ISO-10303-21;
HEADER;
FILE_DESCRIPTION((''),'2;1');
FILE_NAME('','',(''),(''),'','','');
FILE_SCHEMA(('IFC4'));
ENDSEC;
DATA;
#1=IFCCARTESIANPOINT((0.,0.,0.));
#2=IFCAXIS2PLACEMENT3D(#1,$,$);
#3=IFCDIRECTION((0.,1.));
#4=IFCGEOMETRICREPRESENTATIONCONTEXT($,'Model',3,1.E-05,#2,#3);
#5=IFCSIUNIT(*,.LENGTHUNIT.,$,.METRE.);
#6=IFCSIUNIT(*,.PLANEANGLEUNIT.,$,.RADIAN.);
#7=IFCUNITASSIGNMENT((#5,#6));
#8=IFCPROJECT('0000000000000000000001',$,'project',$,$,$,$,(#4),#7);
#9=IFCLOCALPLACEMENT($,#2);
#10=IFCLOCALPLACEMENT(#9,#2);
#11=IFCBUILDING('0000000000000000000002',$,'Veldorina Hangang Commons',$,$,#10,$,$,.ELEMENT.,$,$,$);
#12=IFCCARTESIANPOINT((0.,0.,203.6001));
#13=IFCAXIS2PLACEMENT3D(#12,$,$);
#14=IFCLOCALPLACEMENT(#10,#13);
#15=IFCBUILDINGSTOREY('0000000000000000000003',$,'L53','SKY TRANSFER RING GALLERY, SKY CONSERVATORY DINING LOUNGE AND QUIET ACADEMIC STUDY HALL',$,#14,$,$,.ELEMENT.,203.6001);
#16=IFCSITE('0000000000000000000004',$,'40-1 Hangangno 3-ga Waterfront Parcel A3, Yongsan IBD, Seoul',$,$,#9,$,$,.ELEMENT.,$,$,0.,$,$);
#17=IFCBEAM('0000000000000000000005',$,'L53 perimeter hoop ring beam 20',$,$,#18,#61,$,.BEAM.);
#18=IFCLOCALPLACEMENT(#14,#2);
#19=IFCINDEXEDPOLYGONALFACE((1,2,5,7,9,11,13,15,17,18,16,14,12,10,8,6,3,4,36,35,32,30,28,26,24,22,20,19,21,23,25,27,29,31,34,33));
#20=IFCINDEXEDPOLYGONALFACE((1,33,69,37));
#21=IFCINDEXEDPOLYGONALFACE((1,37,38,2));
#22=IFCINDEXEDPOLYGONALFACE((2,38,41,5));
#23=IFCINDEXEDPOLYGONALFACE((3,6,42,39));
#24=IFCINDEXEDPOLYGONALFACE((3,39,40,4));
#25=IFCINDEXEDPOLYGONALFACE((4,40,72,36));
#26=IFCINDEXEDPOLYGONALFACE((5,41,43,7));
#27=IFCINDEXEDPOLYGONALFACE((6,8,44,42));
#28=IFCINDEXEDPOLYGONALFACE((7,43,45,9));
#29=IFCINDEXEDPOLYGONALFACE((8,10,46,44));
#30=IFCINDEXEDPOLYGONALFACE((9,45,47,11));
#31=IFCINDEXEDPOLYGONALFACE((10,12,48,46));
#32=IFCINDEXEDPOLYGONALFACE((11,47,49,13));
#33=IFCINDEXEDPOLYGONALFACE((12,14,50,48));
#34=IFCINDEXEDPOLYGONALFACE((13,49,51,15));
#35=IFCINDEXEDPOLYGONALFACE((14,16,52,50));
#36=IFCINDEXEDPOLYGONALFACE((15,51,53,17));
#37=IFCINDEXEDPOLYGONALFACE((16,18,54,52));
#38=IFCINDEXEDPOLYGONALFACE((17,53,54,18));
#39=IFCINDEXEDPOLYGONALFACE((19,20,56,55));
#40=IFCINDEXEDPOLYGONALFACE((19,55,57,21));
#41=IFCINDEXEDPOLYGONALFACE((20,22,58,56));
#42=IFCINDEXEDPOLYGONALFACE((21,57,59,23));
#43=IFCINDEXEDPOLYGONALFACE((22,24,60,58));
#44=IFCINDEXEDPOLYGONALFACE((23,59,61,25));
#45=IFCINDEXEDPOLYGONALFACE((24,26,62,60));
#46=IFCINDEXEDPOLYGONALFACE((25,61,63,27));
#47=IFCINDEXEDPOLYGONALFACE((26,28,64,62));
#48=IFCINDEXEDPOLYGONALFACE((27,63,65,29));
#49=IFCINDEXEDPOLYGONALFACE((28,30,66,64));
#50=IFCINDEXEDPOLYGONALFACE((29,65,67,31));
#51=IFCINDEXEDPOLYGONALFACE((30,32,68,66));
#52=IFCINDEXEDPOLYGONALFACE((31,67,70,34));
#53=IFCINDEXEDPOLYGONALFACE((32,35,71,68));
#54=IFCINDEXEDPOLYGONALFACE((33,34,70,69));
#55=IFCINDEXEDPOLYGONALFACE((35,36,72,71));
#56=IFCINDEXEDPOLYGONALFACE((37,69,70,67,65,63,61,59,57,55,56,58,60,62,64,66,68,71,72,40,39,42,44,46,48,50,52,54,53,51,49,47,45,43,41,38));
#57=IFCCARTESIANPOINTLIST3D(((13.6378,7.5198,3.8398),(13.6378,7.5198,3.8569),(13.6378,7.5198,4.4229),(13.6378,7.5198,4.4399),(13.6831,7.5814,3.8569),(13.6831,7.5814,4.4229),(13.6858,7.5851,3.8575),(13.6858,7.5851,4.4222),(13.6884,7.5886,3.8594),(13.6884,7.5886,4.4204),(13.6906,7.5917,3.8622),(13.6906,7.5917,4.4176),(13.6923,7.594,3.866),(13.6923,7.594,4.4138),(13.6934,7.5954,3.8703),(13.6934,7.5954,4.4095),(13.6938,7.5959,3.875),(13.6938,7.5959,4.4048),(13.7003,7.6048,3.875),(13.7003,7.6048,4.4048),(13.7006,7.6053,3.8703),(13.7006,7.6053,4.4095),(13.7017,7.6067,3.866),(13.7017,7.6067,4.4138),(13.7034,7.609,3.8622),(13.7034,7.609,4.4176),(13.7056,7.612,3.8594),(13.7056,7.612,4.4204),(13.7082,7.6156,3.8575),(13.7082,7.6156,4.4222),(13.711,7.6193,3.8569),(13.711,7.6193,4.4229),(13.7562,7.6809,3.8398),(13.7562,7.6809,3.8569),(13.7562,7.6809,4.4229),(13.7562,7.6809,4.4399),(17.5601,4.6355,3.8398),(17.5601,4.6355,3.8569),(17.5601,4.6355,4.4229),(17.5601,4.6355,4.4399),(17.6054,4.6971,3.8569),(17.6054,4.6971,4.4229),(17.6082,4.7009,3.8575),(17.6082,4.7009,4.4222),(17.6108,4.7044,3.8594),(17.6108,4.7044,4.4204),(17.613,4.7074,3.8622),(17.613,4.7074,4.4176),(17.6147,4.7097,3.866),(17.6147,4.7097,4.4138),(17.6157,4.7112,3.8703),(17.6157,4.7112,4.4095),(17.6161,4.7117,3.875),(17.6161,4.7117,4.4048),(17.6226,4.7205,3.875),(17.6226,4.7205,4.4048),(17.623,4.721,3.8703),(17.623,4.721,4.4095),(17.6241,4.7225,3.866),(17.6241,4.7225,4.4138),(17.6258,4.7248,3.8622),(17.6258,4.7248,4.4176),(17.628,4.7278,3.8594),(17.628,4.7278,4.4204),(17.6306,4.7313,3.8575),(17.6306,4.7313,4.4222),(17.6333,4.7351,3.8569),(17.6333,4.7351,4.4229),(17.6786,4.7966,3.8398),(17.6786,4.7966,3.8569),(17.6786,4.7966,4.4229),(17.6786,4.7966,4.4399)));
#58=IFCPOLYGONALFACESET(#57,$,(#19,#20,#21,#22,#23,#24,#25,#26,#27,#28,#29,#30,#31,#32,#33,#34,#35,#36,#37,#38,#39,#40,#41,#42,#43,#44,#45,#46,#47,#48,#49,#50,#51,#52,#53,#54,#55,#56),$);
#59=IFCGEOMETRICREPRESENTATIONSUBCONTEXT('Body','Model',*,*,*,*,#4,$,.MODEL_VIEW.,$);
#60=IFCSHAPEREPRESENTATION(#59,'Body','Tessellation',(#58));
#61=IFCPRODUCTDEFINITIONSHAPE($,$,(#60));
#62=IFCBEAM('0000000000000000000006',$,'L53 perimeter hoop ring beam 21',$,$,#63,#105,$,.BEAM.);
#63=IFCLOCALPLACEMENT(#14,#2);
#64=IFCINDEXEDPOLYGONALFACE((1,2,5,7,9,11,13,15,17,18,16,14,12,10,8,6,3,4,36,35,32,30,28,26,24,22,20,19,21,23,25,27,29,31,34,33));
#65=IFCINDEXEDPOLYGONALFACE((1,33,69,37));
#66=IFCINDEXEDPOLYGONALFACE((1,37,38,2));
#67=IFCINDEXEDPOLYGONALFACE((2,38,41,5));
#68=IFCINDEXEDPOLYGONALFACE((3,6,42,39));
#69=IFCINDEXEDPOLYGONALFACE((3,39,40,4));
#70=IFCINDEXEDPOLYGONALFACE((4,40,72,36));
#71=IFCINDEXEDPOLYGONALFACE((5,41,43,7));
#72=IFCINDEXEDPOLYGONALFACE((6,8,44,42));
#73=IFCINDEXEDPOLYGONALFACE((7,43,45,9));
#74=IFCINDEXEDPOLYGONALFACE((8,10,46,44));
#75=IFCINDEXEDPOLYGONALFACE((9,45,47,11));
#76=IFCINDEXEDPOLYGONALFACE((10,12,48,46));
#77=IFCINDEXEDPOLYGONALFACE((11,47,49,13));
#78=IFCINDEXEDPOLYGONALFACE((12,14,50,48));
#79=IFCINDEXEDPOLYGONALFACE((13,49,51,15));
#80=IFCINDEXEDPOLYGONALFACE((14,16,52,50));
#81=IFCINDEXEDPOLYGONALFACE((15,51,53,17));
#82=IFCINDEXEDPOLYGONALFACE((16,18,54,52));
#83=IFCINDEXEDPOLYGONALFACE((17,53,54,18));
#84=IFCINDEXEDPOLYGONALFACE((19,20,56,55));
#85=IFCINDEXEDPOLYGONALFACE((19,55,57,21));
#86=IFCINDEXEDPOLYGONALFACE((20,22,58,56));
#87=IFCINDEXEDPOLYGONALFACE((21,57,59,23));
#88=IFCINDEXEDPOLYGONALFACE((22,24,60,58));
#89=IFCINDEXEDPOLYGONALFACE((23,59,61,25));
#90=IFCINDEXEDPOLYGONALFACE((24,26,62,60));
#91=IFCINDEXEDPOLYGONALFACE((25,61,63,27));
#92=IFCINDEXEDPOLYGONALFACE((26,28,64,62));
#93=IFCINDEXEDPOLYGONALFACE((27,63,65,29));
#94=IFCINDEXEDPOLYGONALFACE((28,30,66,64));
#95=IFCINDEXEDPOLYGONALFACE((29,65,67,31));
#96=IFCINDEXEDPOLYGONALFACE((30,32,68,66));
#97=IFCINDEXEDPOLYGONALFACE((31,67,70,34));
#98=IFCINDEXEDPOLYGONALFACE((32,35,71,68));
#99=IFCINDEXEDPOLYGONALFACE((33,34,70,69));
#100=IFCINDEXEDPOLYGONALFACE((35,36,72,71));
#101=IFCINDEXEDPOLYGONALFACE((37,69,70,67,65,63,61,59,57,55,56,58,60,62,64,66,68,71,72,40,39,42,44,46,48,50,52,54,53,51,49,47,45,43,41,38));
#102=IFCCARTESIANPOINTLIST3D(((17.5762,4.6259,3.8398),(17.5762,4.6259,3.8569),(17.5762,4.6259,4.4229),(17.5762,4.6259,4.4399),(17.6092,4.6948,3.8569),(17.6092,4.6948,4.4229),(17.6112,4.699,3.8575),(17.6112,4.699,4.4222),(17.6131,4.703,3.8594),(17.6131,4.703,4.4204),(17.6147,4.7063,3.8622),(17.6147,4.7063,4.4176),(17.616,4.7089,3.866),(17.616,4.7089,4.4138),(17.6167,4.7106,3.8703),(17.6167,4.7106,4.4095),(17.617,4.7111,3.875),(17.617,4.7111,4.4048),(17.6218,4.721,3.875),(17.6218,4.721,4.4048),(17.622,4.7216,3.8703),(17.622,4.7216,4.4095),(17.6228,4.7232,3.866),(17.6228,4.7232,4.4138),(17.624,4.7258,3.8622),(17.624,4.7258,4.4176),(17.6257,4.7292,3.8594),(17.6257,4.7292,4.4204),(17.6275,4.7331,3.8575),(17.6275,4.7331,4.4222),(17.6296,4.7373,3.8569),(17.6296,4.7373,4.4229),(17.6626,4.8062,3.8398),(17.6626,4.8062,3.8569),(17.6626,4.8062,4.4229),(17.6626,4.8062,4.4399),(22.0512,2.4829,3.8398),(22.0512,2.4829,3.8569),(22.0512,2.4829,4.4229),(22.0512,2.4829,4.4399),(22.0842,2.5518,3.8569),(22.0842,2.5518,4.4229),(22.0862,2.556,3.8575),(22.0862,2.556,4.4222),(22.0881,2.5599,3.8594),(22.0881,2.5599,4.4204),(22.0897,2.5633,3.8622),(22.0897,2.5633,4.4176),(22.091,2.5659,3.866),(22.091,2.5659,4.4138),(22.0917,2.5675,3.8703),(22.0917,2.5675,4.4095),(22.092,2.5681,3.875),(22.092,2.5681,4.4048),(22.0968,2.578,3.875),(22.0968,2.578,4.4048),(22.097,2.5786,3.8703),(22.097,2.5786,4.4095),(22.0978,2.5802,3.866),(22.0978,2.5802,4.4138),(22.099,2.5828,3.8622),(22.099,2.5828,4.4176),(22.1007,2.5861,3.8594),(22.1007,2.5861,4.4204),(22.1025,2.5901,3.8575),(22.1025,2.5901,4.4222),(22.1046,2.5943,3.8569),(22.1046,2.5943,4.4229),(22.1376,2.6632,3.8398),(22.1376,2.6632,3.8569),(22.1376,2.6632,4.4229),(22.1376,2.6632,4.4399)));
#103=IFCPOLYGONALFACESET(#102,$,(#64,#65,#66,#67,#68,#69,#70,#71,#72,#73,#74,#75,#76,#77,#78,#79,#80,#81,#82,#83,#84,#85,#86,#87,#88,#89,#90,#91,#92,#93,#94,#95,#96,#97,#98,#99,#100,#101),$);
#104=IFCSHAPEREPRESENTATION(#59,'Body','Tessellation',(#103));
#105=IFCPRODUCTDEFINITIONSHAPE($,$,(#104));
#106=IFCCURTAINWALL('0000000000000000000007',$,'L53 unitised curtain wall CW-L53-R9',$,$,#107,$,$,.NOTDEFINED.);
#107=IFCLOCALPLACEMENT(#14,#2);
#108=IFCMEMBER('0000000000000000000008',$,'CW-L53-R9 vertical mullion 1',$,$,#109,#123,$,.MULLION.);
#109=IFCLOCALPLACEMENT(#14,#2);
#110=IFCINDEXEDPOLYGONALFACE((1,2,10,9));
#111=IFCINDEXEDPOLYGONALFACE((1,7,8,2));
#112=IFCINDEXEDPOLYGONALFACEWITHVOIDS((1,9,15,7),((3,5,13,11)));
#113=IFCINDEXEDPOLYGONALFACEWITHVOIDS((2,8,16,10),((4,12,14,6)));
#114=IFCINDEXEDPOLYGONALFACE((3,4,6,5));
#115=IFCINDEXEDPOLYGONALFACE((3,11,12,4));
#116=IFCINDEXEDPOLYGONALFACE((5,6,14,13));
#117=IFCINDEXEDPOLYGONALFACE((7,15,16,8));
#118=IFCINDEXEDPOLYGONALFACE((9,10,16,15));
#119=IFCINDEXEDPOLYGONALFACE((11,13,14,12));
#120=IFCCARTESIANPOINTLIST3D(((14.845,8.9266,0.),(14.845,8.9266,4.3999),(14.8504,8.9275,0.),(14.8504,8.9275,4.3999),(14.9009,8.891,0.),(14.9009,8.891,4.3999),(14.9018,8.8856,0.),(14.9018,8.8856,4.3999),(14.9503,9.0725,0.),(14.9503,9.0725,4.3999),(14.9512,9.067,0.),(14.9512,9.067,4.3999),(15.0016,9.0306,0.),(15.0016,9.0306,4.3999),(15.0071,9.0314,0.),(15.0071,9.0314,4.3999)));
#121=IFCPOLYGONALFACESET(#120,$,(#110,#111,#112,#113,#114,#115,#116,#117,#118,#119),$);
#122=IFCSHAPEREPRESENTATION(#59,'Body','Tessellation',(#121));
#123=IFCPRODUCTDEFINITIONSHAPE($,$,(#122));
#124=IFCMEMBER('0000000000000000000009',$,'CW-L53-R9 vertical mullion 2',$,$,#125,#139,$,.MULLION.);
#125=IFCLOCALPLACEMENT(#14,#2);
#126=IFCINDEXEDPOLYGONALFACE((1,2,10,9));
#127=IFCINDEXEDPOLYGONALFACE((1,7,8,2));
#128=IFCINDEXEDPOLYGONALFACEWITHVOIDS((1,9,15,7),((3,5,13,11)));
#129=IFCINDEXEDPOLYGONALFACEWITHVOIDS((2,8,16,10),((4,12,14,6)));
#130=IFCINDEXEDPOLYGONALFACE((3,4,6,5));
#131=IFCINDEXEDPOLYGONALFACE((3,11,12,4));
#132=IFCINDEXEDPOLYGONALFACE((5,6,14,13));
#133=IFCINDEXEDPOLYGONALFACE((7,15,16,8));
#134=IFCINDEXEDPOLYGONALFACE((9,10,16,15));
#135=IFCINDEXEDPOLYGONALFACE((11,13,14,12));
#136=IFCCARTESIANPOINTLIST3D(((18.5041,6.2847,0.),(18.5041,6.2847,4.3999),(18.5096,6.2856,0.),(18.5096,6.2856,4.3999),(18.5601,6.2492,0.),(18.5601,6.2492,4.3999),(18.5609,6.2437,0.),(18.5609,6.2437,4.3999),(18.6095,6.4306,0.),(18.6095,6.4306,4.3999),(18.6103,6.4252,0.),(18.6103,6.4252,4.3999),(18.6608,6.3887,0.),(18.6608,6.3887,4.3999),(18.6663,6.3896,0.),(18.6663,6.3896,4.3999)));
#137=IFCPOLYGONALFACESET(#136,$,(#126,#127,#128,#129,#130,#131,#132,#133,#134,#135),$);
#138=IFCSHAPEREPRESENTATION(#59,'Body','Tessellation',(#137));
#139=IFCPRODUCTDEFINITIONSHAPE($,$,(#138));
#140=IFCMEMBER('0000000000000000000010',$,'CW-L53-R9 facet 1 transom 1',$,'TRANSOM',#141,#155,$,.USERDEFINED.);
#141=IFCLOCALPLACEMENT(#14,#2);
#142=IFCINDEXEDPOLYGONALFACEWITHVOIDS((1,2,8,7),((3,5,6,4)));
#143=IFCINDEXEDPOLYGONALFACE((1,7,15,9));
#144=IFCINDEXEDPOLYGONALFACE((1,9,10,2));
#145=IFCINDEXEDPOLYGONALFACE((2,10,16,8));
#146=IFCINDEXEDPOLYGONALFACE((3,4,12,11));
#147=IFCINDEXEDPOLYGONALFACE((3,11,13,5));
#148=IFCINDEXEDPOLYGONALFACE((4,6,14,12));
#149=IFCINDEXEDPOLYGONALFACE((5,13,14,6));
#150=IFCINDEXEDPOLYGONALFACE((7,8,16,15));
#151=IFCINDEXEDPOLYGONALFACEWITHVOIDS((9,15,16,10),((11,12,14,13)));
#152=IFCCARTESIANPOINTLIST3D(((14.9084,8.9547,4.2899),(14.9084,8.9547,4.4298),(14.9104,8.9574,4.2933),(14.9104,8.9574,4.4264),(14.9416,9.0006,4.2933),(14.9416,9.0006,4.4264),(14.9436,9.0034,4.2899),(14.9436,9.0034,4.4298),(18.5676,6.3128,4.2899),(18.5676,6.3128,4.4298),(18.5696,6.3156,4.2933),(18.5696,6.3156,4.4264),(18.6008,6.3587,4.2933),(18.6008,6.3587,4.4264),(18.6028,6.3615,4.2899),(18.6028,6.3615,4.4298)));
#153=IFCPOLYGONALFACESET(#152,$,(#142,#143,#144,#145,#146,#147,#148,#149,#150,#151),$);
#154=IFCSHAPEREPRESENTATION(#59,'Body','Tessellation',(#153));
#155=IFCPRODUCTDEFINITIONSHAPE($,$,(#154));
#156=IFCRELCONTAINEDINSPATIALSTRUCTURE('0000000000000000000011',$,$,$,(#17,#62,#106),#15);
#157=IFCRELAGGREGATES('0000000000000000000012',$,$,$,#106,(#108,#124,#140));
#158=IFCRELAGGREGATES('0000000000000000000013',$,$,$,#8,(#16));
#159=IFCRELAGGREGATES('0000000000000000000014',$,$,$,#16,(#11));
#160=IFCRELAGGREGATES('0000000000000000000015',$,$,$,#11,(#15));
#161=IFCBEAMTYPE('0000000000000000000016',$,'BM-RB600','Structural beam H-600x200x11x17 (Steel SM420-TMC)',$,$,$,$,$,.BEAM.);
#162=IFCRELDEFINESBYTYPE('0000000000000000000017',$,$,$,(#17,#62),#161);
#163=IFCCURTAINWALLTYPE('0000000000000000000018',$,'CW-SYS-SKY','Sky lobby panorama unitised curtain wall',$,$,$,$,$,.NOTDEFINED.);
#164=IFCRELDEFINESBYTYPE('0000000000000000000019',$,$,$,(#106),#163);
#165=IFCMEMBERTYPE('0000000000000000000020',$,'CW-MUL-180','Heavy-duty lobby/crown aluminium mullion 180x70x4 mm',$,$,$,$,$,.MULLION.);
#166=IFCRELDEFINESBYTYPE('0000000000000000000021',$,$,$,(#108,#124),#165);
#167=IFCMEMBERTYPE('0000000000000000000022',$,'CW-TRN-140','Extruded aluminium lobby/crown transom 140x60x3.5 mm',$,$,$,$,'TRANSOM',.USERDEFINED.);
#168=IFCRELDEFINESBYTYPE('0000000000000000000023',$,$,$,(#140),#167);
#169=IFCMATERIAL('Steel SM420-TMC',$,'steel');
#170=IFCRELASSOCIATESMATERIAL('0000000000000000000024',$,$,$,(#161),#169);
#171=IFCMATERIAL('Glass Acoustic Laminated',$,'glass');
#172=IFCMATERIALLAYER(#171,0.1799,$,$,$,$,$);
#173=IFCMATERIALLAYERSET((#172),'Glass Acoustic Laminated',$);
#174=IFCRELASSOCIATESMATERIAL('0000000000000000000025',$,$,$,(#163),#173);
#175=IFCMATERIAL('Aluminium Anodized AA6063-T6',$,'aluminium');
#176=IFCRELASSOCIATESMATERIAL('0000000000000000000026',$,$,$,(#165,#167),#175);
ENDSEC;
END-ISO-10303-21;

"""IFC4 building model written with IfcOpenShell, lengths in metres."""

from ifc_helpers import new_model, si_unit, direction, frame, origin, origin_2d, place, context, subcontext, project, spatial, hollow_rectangle, i_section, extrude, material, layer, layer_set, material_profile, profile_set, type_object, element, aggregate, save


model = new_model("IFC4")

# Units and contexts
model_context = context("Model", 3, precision=1e-05, world=origin(), true_north=direction((0.0, 1.0)))
body_context = subcontext(model_context, "Body", "Model", "MODEL_VIEW")
ifc_project = project(units=[si_unit("LENGTHUNIT", "METRE"), si_unit("PLANEANGLEUNIT", "RADIAN")], contexts=[model_context])

# Site, building, storey
site_placement = place(None, origin())
site = spatial("IfcSite", under=ifc_project, at=site_placement, Name="40-1 Hangangno 3-ga Waterfront Parcel A3, Yongsan IBD, Seoul", CompositionType="ELEMENT", RefElevation=0.0)
building_placement = place(site_placement, origin())
building = spatial("IfcBuilding", under=site, at=building_placement, Name="Veldorina Hangang Commons", CompositionType="ELEMENT")
storey_placement = place(building_placement, frame((0.0, 0.0, 203.6001)))
storey = spatial("IfcBuildingStorey", under=building, at=storey_placement, Name="L53", Description="SKY TRANSFER RING GALLERY, SKY CONSERVATORY DINING LOUNGE AND QUIET ACADEMIC STUDY HALL", CompositionType="ELEMENT", Elevation=203.6001)

# Beams
ifc_material_1 = material(Name="Steel SM420-TMC", Category="steel")
ifc_material_profile_1 = material_profile(ifc_material_1, i_section(OverallWidth=0.2, OverallDepth=0.6001, WebThickness=0.011, FlangeThickness=0.0171, FilletRadius=0.0181, at=origin_2d()), Name="H-600x200x11x17")
ifc_profile_set_1 = profile_set([ifc_material_profile_1], Name="Steel SM420-TMC")
beam_type = type_object("IfcBeamType", Name="BM-RB600", Description="Structural beam H-600x200x11x17 (Steel SM420-TMC)", PredefinedType="BEAM", material=ifc_profile_set_1)
beam_1_placement = place(storey_placement, frame((13.697, 7.6003, 4.1399), z_axis=(0.805633, -0.592415, 0.0), x_axis=(0.592415, 0.805633, 0.0)))
element("IfcBeam", 1, at=beam_1_placement, inside=storey, type_object=beam_type, Name="L53 perimeter hoop ring beam 20", PredefinedType="BEAM", context=body_context, shape_type="SweptSolid", body=[
    extrude(i_section(OverallWidth=0.2, OverallDepth=0.6001, WebThickness=0.011, FlangeThickness=0.0171, FilletRadius=0.0181, at=origin_2d()), origin(), (0.0, 0.0, 1.0), 4.8687),
])
beam_2_placement = place(storey_placement, frame((17.6194, 4.7161, 4.1399), z_axis=(0.901914, -0.431915, 0.0), x_axis=(0.431915, 0.901914, 0.0)))
element("IfcBeam", 2, at=beam_2_placement, inside=storey, type_object=beam_type, Name="L53 perimeter hoop ring beam 21", PredefinedType="BEAM", context=body_context, shape_type="SweptSolid", body=[
    extrude(i_section(OverallWidth=0.2, OverallDepth=0.6001, WebThickness=0.011, FlangeThickness=0.0171, FilletRadius=0.0181, at=origin_2d()), origin(), (0.0, 0.0, 1.0), 4.9617),
])

# Curtain wall, members
ifc_material_2 = material(Name="Glass Acoustic Laminated", Category="glass")
ifc_layer_1 = layer(ifc_material_2, 0.1799)
ifc_layer_set_1 = layer_set([ifc_layer_1], Name="Glass Acoustic Laminated")
curtain_wall_type = type_object("IfcCurtainWallType", Name="CW-SYS-SKY", Description="Sky lobby panorama unitised curtain wall", PredefinedType="NOTDEFINED", material=ifc_layer_set_1)
curtain_wall_placement = place(storey_placement, origin())
curtain_wall = element("IfcCurtainWall", 3, at=curtain_wall_placement, inside=storey, type_object=curtain_wall_type, Name="L53 unitised curtain wall CW-L53-R9", PredefinedType="NOTDEFINED")
ifc_material_3 = material(Name="Aluminium Anodized AA6063-T6", Category="aluminium")
ifc_material_profile_2 = material_profile(ifc_material_3, hollow_rectangle(XDim=0.0701, YDim=0.1799, WallThickness=0.0039, at=origin_2d()), Name="ALU-RHS-180x70x4")
ifc_profile_set_2 = profile_set([ifc_material_profile_2], Name="Aluminium Anodized AA6063-T6")
member_type_1 = type_object("IfcMemberType", Name="CW-MUL-180", Description="Heavy-duty lobby/crown aluminium mullion 180x70x4 mm", PredefinedType="MULLION", material=ifc_profile_set_2)
member_1_placement = place(storey_placement, frame((14.926, 8.979, 0.0), z_axis=(0.0, 0.0, 1.0), x_axis=(0.810768, -0.585368, 0.0)))
member_1 = element("IfcMember", 4, at=member_1_placement, type_object=member_type_1, Name="CW-L53-R9 vertical mullion 1", PredefinedType="MULLION", context=body_context, shape_type="SweptSolid", body=[
    extrude(hollow_rectangle(XDim=0.0701, YDim=0.1799, WallThickness=0.0039, at=origin_2d()), origin(), (0.0, 0.0, 1.0), 4.3999),
])
member_2_placement = place(storey_placement, frame((18.5852, 6.3372, 0.0), z_axis=(0.0, 0.0, 1.0), x_axis=(-0.810768, 0.585368, 0.0)))
member_2 = element("IfcMember", 5, at=member_2_placement, type_object=member_type_1, Name="CW-L53-R9 vertical mullion 2", PredefinedType="MULLION", context=body_context, shape_type="SweptSolid", body=[
    extrude(hollow_rectangle(XDim=0.0701, YDim=0.1799, WallThickness=0.0039, at=origin_2d()), origin(), (0.0, 0.0, 1.0), 4.3999),
])
ifc_material_profile_3 = material_profile(ifc_material_3, hollow_rectangle(XDim=0.0601, YDim=0.1399, WallThickness=0.0034, at=origin_2d()), Name="ALU-RHS-140x60x3.5")
ifc_profile_set_3 = profile_set([ifc_material_profile_3], Name="Aluminium Anodized AA6063-T6")
member_type_2 = type_object("IfcMemberType", Name="CW-TRN-140", Description="Extruded aluminium lobby/crown transom 140x60x3.5 mm", ElementType="TRANSOM", PredefinedType="USERDEFINED", material=ifc_profile_set_3)
member_3_placement = place(storey_placement, frame((14.926, 8.979, 4.3599), z_axis=(0.810773, -0.58536, 0.0), x_axis=(0.58536, 0.810773, 0.0)))
member_3 = element("IfcMember", 6, at=member_3_placement, type_object=member_type_2, Name="CW-L53-R9 facet 1 transom 1", ObjectType="TRANSOM", PredefinedType="USERDEFINED", context=body_context, shape_type="SweptSolid", body=[
    extrude(hollow_rectangle(XDim=0.0601, YDim=0.1399, WallThickness=0.0034, at=origin_2d()), origin(), (0.0, 0.0, 1.0), 4.5132),
])

aggregate(curtain_wall, [member_1, member_2, member_3])

save(model, "model.ifc")
